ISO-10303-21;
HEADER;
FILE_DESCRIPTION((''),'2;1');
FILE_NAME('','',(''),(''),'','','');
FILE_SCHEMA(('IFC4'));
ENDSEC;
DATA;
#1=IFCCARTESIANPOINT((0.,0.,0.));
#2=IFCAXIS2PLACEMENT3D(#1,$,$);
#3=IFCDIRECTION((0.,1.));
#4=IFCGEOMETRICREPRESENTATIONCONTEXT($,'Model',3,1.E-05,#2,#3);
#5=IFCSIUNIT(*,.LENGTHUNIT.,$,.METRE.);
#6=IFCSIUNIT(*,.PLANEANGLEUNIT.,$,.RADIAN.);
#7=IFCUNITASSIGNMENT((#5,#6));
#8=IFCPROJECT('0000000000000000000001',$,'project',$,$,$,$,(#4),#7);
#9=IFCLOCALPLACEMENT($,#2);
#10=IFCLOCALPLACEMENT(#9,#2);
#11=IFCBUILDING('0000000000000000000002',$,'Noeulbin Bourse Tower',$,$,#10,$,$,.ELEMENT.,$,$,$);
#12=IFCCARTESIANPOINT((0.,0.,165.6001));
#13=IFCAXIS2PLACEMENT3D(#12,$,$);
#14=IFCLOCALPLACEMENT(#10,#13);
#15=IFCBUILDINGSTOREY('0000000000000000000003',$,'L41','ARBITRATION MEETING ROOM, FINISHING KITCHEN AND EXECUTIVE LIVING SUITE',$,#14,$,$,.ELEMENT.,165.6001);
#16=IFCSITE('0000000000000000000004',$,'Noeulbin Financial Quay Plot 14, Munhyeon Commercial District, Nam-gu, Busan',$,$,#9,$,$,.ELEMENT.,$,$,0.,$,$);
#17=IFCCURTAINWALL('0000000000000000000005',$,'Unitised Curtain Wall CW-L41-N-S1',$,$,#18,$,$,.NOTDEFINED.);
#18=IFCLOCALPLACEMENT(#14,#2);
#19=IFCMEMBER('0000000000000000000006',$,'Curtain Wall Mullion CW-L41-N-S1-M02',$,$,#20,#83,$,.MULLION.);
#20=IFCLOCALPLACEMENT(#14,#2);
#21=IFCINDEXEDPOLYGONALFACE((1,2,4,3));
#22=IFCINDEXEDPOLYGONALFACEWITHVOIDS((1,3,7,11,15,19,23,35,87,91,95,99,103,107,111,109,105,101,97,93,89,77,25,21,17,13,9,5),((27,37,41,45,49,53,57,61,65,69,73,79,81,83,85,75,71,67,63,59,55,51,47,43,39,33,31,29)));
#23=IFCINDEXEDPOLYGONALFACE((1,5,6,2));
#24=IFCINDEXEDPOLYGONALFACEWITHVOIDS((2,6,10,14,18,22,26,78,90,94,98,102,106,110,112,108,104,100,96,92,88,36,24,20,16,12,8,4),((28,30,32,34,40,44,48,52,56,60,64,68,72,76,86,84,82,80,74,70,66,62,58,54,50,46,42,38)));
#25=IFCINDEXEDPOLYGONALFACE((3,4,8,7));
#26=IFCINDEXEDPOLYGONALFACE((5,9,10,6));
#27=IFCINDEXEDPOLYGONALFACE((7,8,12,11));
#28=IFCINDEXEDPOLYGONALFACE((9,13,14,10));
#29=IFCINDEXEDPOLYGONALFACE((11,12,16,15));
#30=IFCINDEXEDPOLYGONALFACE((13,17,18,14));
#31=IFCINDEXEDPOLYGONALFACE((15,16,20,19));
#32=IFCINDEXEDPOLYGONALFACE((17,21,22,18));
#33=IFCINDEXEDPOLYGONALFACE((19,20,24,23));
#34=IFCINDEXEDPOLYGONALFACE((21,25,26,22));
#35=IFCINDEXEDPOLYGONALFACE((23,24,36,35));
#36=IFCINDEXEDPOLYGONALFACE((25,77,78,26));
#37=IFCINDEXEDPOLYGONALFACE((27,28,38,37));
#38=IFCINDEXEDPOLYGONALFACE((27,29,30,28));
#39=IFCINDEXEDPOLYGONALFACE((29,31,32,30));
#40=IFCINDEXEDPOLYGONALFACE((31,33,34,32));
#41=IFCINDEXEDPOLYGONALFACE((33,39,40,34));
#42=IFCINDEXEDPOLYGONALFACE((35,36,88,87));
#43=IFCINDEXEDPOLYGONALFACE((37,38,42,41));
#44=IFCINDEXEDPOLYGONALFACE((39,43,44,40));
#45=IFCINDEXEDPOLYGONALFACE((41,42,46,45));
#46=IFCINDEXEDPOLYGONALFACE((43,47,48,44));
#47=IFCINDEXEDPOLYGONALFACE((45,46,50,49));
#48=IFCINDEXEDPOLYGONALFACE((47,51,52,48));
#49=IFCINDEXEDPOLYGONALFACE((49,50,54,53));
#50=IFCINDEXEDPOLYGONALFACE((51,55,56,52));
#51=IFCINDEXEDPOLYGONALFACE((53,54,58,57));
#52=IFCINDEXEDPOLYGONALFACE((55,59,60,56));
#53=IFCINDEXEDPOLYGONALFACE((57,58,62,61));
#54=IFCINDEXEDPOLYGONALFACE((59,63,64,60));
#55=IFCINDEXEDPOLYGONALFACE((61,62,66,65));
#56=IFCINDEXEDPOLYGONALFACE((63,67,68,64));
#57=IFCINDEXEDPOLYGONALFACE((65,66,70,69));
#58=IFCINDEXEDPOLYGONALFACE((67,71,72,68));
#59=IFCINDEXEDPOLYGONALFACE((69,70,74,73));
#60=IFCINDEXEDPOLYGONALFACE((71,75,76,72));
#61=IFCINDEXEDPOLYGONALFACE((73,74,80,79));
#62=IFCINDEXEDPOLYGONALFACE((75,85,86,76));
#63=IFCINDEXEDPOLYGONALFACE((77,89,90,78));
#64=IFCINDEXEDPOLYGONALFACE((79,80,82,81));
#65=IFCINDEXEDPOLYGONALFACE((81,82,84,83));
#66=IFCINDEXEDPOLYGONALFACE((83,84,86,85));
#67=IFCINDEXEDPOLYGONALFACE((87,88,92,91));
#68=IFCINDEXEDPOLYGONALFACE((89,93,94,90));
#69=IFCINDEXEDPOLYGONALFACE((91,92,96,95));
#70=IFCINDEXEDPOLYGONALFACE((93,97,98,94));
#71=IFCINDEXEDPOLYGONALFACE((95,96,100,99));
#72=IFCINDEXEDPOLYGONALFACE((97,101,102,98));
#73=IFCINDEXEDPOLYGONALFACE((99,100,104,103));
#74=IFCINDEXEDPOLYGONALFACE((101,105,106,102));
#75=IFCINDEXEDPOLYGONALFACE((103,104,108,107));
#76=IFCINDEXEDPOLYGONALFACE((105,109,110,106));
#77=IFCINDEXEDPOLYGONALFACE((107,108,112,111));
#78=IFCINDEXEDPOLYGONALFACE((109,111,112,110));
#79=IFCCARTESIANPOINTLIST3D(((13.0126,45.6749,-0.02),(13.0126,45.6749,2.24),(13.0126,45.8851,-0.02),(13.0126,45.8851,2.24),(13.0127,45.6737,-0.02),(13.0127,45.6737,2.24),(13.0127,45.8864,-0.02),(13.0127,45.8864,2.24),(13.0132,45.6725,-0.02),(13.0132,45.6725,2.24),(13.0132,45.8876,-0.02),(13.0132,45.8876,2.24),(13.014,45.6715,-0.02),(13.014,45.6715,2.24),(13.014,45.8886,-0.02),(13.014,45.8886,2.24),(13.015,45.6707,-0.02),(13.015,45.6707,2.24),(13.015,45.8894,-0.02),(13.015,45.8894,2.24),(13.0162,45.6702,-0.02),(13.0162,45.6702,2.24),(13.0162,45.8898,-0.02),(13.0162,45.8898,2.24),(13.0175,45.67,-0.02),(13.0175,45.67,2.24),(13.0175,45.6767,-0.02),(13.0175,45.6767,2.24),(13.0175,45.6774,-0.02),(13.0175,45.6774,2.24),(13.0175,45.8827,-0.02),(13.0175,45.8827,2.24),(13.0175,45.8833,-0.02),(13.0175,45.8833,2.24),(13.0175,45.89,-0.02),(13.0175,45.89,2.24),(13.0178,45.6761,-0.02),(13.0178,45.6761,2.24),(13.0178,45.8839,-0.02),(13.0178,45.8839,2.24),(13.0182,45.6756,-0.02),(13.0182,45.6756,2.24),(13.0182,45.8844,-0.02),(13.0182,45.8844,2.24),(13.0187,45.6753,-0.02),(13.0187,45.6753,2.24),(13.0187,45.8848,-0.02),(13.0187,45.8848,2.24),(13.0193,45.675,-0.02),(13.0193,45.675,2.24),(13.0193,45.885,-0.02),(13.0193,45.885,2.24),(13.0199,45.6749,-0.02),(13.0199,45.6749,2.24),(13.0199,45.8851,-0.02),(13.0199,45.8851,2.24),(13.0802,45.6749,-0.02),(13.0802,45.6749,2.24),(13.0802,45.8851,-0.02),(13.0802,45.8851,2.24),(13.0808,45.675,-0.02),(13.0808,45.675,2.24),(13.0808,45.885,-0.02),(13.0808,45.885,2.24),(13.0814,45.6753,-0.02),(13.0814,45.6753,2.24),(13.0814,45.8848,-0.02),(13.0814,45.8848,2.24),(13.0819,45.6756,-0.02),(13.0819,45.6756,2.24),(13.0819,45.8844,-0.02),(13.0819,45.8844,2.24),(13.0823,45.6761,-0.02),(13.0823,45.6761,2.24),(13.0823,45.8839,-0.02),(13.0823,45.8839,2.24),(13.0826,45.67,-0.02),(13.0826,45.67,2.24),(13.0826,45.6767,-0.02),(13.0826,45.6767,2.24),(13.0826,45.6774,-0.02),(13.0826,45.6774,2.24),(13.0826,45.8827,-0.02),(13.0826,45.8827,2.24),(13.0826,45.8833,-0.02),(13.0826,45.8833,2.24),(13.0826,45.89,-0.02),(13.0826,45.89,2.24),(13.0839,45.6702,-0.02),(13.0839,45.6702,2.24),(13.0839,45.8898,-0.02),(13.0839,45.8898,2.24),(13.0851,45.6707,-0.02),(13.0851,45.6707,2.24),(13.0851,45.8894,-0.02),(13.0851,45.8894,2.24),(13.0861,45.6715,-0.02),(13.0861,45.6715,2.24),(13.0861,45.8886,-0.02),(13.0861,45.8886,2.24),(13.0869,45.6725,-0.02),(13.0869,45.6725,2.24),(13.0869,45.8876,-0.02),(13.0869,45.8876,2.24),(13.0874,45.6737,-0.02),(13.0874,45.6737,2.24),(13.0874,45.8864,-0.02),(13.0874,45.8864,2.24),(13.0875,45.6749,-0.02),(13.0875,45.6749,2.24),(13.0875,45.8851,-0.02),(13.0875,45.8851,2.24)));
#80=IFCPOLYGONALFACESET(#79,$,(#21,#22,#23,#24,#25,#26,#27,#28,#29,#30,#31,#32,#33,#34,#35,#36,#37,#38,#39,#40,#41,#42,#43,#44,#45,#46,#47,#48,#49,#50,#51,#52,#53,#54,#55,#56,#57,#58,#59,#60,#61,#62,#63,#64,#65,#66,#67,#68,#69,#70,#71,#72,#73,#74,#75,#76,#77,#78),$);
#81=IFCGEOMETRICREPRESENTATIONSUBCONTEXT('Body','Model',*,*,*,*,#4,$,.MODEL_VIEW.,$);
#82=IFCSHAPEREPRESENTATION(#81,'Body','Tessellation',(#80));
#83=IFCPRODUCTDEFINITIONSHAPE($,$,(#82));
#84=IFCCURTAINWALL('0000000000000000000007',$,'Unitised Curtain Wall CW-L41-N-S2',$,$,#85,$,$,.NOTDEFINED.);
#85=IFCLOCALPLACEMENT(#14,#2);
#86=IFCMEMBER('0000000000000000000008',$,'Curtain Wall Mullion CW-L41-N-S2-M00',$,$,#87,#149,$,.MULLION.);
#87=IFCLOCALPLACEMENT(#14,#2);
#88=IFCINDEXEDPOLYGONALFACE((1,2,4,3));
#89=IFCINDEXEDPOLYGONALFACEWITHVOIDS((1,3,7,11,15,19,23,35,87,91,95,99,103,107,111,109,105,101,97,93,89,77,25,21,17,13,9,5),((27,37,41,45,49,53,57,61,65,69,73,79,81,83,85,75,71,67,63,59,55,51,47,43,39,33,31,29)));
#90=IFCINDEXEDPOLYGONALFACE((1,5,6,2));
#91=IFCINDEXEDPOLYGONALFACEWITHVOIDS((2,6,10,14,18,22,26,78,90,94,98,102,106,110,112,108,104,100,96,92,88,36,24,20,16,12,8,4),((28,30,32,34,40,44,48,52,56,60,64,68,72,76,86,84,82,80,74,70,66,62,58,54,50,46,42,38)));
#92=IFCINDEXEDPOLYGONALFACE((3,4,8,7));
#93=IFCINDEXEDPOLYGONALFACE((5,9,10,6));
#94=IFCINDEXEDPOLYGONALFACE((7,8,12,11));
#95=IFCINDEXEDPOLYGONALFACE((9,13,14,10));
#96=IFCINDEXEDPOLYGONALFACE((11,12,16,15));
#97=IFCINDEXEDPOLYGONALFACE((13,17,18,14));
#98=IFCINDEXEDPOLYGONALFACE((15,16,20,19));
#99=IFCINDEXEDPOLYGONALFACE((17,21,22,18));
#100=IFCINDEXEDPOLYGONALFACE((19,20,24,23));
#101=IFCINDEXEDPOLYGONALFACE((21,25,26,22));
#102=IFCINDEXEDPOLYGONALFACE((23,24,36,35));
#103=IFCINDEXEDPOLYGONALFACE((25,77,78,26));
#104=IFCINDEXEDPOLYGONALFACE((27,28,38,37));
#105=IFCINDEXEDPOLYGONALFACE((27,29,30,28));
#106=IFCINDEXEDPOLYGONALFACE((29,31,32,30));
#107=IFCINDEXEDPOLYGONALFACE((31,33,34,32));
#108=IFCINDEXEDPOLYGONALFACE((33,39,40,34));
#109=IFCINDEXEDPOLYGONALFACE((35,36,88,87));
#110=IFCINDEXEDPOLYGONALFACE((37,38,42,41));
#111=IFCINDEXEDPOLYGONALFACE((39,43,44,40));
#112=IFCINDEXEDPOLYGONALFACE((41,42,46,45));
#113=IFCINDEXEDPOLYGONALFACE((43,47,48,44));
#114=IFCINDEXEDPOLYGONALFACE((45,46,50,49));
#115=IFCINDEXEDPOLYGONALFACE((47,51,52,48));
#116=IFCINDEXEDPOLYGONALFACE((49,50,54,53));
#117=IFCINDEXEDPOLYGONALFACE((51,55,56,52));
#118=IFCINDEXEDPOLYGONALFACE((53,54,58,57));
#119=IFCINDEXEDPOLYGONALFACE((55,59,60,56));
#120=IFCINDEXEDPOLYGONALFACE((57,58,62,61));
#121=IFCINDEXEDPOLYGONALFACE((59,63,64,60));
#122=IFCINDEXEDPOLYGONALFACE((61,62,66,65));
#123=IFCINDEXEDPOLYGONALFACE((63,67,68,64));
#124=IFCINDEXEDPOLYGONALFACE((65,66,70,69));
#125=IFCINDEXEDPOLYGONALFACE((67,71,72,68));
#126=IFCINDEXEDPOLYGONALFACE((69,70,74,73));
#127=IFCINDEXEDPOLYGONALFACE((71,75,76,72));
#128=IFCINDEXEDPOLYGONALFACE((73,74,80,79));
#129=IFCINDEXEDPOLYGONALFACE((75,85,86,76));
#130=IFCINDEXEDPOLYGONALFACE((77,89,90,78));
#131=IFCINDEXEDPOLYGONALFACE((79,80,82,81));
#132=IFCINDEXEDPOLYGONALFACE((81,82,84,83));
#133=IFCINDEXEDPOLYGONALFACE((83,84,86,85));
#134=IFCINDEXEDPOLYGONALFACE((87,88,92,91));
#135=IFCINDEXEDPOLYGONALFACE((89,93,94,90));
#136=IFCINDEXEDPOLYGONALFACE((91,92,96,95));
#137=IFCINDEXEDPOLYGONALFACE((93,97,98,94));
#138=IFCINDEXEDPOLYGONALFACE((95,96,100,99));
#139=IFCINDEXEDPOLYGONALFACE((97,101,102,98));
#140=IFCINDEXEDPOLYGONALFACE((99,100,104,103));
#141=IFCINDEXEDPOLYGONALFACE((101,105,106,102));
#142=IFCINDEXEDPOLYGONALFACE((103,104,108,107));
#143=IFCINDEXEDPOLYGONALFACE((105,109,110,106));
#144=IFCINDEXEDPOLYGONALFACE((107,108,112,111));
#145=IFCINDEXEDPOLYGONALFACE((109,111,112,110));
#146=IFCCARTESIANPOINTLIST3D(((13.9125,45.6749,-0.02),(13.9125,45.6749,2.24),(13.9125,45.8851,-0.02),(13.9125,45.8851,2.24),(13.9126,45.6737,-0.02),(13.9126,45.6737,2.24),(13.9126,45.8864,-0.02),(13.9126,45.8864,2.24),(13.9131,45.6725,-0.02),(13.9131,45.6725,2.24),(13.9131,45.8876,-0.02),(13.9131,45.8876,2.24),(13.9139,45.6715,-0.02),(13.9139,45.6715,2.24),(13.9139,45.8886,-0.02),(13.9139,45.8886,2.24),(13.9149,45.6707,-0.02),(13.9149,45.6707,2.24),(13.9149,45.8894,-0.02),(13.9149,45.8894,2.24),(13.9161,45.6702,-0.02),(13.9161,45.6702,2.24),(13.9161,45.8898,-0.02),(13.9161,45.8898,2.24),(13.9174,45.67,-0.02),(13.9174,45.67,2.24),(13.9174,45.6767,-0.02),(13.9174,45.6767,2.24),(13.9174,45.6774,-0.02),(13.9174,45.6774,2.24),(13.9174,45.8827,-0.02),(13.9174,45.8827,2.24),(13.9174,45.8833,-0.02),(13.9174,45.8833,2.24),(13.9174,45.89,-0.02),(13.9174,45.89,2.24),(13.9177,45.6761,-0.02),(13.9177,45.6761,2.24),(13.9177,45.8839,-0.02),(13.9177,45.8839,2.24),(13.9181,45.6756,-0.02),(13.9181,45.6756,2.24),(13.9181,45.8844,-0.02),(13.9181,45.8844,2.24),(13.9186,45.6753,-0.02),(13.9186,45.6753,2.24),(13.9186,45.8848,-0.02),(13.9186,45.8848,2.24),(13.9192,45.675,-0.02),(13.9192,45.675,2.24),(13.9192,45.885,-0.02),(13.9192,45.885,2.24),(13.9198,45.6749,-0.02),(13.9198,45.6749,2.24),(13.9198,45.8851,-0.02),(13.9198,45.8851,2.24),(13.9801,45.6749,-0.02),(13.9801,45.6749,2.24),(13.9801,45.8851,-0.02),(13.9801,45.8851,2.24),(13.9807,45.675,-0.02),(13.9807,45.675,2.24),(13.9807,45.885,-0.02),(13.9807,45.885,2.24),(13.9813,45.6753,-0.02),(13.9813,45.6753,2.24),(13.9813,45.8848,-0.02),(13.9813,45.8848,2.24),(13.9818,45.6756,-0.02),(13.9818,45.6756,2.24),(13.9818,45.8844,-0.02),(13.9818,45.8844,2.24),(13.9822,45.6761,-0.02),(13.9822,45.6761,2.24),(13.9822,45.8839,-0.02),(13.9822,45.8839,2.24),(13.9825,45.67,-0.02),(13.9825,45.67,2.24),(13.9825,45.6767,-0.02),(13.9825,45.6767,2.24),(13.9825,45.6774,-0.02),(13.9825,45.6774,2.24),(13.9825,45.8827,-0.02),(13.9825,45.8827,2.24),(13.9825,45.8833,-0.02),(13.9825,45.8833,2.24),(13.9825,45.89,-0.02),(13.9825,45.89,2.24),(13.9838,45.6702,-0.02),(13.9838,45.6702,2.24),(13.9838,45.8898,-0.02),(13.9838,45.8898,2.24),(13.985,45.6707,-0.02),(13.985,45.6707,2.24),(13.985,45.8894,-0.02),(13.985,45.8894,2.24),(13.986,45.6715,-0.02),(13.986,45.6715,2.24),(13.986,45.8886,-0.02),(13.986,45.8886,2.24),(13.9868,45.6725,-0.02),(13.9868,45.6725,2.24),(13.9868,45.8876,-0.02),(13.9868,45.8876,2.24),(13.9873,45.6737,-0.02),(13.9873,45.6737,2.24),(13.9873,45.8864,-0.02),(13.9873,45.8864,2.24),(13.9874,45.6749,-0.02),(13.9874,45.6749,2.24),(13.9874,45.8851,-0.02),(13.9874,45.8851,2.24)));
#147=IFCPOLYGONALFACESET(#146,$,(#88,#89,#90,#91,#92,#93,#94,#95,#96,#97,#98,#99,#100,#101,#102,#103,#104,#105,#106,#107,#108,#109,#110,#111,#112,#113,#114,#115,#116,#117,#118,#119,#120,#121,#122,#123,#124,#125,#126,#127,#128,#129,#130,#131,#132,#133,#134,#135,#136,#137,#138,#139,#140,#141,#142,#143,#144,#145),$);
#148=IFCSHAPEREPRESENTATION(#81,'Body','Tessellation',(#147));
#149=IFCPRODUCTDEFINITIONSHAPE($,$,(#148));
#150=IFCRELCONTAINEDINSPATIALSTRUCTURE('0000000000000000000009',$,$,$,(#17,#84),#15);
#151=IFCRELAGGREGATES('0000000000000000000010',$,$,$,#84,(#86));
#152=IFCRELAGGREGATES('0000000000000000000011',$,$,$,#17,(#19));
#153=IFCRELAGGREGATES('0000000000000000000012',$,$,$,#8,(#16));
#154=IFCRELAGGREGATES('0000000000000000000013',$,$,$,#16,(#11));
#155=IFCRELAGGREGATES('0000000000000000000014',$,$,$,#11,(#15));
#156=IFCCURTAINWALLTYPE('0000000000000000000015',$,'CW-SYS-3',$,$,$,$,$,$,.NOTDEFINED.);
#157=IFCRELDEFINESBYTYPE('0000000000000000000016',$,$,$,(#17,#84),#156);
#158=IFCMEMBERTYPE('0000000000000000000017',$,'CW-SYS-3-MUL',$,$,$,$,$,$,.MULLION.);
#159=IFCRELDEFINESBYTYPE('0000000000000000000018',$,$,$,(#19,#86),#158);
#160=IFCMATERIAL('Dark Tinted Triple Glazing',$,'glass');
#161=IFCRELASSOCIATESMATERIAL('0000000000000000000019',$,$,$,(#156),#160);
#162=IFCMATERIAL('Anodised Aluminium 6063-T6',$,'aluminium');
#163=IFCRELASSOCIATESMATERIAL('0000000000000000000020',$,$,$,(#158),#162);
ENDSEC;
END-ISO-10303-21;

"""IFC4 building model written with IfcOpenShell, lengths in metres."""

from ifc_helpers import new_model, si_unit, direction, frame, origin, origin_2d, place, context, subcontext, project, spatial, hollow_rectangle, extrude, material, material_profile, profile_set, type_object, element, aggregate, save


model = new_model("IFC4")

# Units and contexts
model_context = context("Model", 3, precision=1e-05, world=origin(), true_north=direction((0.0, 1.0)))
body_context = subcontext(model_context, "Body", "Model", "MODEL_VIEW")
ifc_project = project(units=[si_unit("LENGTHUNIT", "METRE"), si_unit("PLANEANGLEUNIT", "RADIAN")], contexts=[model_context])

# Site, building, storey
site_placement = place(None, origin())
site = spatial("IfcSite", under=ifc_project, at=site_placement, Name="Noeulbin Financial Quay Plot 14, Munhyeon Commercial District, Nam-gu, Busan", CompositionType="ELEMENT", RefElevation=0.0)
building_placement = place(site_placement, origin())
building = spatial("IfcBuilding", under=site, at=building_placement, Name="Noeulbin Bourse Tower", CompositionType="ELEMENT")
storey_placement = place(building_placement, frame((0.0, 0.0, 165.6001)))
storey = spatial("IfcBuildingStorey", under=building, at=storey_placement, Name="L41", Description="ARBITRATION MEETING ROOM, FINISHING KITCHEN AND EXECUTIVE LIVING SUITE", CompositionType="ELEMENT", Elevation=165.6001)

# Curtain wall, member
ifc_material_1 = material(Name="Dark Tinted Triple Glazing", Category="glass")
curtain_wall_type = type_object("IfcCurtainWallType", Name="CW-SYS-3", PredefinedType="NOTDEFINED", material=ifc_material_1)
curtain_wall_1_placement = place(storey_placement, origin())
curtain_wall_1 = element("IfcCurtainWall", 1, at=curtain_wall_1_placement, inside=storey, type_object=curtain_wall_type, Name="Unitised Curtain Wall CW-L41-N-S1", PredefinedType="NOTDEFINED")
ifc_material_2 = material(Name="Anodised Aluminium 6063-T6", Category="aluminium")
ifc_material_profile_1 = material_profile(ifc_material_2, hollow_rectangle(XDim=0.075, YDim=0.22, WallThickness=0.0049, InnerFilletRadius=0.0024, OuterFilletRadius=0.0049, at=origin_2d()), Name="ALU-MULL-75x220x5", Category="LoadBearing")
ifc_profile_set_1 = profile_set([ifc_material_profile_1], Name="Anodised Aluminium 6063-T6")
member_type_1 = type_object("IfcMemberType", Name="CW-SYS-3-MUL", PredefinedType="MULLION", material=ifc_profile_set_1)
member_1_placement = place(storey_placement, frame((13.05, 45.78, -0.02), z_axis=(0.0, 0.0, 1.0), x_axis=(1.0, 0.0, 0.0)))
member_1 = element("IfcMember", 2, at=member_1_placement, type_object=member_type_1, Name="Curtain Wall Mullion CW-L41-N-S1-M02", PredefinedType="MULLION", context=body_context, shape_type="SweptSolid", body=[
    extrude(hollow_rectangle(XDim=0.075, YDim=0.22, WallThickness=0.0049, InnerFilletRadius=0.0024, OuterFilletRadius=0.0049, at=origin_2d()), origin(), (0.0, 0.0, 1.0), 2.26),
])

# Curtain wall, member
curtain_wall_2_placement = place(storey_placement, origin())
curtain_wall_2 = element("IfcCurtainWall", 3, at=curtain_wall_2_placement, inside=storey, type_object=curtain_wall_type, Name="Unitised Curtain Wall CW-L41-N-S2", PredefinedType="NOTDEFINED")
member_2_placement = place(storey_placement, frame((13.95, 45.78, -0.02), z_axis=(0.0, 0.0, 1.0), x_axis=(1.0, 0.0, 0.0)))
member_2 = element("IfcMember", 4, at=member_2_placement, type_object=member_type_1, Name="Curtain Wall Mullion CW-L41-N-S2-M00", PredefinedType="MULLION", context=body_context, shape_type="SweptSolid", body=[
    extrude(hollow_rectangle(XDim=0.075, YDim=0.22, WallThickness=0.0049, InnerFilletRadius=0.0024, OuterFilletRadius=0.0049, at=origin_2d()), origin(), (0.0, 0.0, 1.0), 2.26),
])

aggregate(curtain_wall_2, [member_2])

aggregate(curtain_wall_1, [member_1])

save(model, "model.ifc")
